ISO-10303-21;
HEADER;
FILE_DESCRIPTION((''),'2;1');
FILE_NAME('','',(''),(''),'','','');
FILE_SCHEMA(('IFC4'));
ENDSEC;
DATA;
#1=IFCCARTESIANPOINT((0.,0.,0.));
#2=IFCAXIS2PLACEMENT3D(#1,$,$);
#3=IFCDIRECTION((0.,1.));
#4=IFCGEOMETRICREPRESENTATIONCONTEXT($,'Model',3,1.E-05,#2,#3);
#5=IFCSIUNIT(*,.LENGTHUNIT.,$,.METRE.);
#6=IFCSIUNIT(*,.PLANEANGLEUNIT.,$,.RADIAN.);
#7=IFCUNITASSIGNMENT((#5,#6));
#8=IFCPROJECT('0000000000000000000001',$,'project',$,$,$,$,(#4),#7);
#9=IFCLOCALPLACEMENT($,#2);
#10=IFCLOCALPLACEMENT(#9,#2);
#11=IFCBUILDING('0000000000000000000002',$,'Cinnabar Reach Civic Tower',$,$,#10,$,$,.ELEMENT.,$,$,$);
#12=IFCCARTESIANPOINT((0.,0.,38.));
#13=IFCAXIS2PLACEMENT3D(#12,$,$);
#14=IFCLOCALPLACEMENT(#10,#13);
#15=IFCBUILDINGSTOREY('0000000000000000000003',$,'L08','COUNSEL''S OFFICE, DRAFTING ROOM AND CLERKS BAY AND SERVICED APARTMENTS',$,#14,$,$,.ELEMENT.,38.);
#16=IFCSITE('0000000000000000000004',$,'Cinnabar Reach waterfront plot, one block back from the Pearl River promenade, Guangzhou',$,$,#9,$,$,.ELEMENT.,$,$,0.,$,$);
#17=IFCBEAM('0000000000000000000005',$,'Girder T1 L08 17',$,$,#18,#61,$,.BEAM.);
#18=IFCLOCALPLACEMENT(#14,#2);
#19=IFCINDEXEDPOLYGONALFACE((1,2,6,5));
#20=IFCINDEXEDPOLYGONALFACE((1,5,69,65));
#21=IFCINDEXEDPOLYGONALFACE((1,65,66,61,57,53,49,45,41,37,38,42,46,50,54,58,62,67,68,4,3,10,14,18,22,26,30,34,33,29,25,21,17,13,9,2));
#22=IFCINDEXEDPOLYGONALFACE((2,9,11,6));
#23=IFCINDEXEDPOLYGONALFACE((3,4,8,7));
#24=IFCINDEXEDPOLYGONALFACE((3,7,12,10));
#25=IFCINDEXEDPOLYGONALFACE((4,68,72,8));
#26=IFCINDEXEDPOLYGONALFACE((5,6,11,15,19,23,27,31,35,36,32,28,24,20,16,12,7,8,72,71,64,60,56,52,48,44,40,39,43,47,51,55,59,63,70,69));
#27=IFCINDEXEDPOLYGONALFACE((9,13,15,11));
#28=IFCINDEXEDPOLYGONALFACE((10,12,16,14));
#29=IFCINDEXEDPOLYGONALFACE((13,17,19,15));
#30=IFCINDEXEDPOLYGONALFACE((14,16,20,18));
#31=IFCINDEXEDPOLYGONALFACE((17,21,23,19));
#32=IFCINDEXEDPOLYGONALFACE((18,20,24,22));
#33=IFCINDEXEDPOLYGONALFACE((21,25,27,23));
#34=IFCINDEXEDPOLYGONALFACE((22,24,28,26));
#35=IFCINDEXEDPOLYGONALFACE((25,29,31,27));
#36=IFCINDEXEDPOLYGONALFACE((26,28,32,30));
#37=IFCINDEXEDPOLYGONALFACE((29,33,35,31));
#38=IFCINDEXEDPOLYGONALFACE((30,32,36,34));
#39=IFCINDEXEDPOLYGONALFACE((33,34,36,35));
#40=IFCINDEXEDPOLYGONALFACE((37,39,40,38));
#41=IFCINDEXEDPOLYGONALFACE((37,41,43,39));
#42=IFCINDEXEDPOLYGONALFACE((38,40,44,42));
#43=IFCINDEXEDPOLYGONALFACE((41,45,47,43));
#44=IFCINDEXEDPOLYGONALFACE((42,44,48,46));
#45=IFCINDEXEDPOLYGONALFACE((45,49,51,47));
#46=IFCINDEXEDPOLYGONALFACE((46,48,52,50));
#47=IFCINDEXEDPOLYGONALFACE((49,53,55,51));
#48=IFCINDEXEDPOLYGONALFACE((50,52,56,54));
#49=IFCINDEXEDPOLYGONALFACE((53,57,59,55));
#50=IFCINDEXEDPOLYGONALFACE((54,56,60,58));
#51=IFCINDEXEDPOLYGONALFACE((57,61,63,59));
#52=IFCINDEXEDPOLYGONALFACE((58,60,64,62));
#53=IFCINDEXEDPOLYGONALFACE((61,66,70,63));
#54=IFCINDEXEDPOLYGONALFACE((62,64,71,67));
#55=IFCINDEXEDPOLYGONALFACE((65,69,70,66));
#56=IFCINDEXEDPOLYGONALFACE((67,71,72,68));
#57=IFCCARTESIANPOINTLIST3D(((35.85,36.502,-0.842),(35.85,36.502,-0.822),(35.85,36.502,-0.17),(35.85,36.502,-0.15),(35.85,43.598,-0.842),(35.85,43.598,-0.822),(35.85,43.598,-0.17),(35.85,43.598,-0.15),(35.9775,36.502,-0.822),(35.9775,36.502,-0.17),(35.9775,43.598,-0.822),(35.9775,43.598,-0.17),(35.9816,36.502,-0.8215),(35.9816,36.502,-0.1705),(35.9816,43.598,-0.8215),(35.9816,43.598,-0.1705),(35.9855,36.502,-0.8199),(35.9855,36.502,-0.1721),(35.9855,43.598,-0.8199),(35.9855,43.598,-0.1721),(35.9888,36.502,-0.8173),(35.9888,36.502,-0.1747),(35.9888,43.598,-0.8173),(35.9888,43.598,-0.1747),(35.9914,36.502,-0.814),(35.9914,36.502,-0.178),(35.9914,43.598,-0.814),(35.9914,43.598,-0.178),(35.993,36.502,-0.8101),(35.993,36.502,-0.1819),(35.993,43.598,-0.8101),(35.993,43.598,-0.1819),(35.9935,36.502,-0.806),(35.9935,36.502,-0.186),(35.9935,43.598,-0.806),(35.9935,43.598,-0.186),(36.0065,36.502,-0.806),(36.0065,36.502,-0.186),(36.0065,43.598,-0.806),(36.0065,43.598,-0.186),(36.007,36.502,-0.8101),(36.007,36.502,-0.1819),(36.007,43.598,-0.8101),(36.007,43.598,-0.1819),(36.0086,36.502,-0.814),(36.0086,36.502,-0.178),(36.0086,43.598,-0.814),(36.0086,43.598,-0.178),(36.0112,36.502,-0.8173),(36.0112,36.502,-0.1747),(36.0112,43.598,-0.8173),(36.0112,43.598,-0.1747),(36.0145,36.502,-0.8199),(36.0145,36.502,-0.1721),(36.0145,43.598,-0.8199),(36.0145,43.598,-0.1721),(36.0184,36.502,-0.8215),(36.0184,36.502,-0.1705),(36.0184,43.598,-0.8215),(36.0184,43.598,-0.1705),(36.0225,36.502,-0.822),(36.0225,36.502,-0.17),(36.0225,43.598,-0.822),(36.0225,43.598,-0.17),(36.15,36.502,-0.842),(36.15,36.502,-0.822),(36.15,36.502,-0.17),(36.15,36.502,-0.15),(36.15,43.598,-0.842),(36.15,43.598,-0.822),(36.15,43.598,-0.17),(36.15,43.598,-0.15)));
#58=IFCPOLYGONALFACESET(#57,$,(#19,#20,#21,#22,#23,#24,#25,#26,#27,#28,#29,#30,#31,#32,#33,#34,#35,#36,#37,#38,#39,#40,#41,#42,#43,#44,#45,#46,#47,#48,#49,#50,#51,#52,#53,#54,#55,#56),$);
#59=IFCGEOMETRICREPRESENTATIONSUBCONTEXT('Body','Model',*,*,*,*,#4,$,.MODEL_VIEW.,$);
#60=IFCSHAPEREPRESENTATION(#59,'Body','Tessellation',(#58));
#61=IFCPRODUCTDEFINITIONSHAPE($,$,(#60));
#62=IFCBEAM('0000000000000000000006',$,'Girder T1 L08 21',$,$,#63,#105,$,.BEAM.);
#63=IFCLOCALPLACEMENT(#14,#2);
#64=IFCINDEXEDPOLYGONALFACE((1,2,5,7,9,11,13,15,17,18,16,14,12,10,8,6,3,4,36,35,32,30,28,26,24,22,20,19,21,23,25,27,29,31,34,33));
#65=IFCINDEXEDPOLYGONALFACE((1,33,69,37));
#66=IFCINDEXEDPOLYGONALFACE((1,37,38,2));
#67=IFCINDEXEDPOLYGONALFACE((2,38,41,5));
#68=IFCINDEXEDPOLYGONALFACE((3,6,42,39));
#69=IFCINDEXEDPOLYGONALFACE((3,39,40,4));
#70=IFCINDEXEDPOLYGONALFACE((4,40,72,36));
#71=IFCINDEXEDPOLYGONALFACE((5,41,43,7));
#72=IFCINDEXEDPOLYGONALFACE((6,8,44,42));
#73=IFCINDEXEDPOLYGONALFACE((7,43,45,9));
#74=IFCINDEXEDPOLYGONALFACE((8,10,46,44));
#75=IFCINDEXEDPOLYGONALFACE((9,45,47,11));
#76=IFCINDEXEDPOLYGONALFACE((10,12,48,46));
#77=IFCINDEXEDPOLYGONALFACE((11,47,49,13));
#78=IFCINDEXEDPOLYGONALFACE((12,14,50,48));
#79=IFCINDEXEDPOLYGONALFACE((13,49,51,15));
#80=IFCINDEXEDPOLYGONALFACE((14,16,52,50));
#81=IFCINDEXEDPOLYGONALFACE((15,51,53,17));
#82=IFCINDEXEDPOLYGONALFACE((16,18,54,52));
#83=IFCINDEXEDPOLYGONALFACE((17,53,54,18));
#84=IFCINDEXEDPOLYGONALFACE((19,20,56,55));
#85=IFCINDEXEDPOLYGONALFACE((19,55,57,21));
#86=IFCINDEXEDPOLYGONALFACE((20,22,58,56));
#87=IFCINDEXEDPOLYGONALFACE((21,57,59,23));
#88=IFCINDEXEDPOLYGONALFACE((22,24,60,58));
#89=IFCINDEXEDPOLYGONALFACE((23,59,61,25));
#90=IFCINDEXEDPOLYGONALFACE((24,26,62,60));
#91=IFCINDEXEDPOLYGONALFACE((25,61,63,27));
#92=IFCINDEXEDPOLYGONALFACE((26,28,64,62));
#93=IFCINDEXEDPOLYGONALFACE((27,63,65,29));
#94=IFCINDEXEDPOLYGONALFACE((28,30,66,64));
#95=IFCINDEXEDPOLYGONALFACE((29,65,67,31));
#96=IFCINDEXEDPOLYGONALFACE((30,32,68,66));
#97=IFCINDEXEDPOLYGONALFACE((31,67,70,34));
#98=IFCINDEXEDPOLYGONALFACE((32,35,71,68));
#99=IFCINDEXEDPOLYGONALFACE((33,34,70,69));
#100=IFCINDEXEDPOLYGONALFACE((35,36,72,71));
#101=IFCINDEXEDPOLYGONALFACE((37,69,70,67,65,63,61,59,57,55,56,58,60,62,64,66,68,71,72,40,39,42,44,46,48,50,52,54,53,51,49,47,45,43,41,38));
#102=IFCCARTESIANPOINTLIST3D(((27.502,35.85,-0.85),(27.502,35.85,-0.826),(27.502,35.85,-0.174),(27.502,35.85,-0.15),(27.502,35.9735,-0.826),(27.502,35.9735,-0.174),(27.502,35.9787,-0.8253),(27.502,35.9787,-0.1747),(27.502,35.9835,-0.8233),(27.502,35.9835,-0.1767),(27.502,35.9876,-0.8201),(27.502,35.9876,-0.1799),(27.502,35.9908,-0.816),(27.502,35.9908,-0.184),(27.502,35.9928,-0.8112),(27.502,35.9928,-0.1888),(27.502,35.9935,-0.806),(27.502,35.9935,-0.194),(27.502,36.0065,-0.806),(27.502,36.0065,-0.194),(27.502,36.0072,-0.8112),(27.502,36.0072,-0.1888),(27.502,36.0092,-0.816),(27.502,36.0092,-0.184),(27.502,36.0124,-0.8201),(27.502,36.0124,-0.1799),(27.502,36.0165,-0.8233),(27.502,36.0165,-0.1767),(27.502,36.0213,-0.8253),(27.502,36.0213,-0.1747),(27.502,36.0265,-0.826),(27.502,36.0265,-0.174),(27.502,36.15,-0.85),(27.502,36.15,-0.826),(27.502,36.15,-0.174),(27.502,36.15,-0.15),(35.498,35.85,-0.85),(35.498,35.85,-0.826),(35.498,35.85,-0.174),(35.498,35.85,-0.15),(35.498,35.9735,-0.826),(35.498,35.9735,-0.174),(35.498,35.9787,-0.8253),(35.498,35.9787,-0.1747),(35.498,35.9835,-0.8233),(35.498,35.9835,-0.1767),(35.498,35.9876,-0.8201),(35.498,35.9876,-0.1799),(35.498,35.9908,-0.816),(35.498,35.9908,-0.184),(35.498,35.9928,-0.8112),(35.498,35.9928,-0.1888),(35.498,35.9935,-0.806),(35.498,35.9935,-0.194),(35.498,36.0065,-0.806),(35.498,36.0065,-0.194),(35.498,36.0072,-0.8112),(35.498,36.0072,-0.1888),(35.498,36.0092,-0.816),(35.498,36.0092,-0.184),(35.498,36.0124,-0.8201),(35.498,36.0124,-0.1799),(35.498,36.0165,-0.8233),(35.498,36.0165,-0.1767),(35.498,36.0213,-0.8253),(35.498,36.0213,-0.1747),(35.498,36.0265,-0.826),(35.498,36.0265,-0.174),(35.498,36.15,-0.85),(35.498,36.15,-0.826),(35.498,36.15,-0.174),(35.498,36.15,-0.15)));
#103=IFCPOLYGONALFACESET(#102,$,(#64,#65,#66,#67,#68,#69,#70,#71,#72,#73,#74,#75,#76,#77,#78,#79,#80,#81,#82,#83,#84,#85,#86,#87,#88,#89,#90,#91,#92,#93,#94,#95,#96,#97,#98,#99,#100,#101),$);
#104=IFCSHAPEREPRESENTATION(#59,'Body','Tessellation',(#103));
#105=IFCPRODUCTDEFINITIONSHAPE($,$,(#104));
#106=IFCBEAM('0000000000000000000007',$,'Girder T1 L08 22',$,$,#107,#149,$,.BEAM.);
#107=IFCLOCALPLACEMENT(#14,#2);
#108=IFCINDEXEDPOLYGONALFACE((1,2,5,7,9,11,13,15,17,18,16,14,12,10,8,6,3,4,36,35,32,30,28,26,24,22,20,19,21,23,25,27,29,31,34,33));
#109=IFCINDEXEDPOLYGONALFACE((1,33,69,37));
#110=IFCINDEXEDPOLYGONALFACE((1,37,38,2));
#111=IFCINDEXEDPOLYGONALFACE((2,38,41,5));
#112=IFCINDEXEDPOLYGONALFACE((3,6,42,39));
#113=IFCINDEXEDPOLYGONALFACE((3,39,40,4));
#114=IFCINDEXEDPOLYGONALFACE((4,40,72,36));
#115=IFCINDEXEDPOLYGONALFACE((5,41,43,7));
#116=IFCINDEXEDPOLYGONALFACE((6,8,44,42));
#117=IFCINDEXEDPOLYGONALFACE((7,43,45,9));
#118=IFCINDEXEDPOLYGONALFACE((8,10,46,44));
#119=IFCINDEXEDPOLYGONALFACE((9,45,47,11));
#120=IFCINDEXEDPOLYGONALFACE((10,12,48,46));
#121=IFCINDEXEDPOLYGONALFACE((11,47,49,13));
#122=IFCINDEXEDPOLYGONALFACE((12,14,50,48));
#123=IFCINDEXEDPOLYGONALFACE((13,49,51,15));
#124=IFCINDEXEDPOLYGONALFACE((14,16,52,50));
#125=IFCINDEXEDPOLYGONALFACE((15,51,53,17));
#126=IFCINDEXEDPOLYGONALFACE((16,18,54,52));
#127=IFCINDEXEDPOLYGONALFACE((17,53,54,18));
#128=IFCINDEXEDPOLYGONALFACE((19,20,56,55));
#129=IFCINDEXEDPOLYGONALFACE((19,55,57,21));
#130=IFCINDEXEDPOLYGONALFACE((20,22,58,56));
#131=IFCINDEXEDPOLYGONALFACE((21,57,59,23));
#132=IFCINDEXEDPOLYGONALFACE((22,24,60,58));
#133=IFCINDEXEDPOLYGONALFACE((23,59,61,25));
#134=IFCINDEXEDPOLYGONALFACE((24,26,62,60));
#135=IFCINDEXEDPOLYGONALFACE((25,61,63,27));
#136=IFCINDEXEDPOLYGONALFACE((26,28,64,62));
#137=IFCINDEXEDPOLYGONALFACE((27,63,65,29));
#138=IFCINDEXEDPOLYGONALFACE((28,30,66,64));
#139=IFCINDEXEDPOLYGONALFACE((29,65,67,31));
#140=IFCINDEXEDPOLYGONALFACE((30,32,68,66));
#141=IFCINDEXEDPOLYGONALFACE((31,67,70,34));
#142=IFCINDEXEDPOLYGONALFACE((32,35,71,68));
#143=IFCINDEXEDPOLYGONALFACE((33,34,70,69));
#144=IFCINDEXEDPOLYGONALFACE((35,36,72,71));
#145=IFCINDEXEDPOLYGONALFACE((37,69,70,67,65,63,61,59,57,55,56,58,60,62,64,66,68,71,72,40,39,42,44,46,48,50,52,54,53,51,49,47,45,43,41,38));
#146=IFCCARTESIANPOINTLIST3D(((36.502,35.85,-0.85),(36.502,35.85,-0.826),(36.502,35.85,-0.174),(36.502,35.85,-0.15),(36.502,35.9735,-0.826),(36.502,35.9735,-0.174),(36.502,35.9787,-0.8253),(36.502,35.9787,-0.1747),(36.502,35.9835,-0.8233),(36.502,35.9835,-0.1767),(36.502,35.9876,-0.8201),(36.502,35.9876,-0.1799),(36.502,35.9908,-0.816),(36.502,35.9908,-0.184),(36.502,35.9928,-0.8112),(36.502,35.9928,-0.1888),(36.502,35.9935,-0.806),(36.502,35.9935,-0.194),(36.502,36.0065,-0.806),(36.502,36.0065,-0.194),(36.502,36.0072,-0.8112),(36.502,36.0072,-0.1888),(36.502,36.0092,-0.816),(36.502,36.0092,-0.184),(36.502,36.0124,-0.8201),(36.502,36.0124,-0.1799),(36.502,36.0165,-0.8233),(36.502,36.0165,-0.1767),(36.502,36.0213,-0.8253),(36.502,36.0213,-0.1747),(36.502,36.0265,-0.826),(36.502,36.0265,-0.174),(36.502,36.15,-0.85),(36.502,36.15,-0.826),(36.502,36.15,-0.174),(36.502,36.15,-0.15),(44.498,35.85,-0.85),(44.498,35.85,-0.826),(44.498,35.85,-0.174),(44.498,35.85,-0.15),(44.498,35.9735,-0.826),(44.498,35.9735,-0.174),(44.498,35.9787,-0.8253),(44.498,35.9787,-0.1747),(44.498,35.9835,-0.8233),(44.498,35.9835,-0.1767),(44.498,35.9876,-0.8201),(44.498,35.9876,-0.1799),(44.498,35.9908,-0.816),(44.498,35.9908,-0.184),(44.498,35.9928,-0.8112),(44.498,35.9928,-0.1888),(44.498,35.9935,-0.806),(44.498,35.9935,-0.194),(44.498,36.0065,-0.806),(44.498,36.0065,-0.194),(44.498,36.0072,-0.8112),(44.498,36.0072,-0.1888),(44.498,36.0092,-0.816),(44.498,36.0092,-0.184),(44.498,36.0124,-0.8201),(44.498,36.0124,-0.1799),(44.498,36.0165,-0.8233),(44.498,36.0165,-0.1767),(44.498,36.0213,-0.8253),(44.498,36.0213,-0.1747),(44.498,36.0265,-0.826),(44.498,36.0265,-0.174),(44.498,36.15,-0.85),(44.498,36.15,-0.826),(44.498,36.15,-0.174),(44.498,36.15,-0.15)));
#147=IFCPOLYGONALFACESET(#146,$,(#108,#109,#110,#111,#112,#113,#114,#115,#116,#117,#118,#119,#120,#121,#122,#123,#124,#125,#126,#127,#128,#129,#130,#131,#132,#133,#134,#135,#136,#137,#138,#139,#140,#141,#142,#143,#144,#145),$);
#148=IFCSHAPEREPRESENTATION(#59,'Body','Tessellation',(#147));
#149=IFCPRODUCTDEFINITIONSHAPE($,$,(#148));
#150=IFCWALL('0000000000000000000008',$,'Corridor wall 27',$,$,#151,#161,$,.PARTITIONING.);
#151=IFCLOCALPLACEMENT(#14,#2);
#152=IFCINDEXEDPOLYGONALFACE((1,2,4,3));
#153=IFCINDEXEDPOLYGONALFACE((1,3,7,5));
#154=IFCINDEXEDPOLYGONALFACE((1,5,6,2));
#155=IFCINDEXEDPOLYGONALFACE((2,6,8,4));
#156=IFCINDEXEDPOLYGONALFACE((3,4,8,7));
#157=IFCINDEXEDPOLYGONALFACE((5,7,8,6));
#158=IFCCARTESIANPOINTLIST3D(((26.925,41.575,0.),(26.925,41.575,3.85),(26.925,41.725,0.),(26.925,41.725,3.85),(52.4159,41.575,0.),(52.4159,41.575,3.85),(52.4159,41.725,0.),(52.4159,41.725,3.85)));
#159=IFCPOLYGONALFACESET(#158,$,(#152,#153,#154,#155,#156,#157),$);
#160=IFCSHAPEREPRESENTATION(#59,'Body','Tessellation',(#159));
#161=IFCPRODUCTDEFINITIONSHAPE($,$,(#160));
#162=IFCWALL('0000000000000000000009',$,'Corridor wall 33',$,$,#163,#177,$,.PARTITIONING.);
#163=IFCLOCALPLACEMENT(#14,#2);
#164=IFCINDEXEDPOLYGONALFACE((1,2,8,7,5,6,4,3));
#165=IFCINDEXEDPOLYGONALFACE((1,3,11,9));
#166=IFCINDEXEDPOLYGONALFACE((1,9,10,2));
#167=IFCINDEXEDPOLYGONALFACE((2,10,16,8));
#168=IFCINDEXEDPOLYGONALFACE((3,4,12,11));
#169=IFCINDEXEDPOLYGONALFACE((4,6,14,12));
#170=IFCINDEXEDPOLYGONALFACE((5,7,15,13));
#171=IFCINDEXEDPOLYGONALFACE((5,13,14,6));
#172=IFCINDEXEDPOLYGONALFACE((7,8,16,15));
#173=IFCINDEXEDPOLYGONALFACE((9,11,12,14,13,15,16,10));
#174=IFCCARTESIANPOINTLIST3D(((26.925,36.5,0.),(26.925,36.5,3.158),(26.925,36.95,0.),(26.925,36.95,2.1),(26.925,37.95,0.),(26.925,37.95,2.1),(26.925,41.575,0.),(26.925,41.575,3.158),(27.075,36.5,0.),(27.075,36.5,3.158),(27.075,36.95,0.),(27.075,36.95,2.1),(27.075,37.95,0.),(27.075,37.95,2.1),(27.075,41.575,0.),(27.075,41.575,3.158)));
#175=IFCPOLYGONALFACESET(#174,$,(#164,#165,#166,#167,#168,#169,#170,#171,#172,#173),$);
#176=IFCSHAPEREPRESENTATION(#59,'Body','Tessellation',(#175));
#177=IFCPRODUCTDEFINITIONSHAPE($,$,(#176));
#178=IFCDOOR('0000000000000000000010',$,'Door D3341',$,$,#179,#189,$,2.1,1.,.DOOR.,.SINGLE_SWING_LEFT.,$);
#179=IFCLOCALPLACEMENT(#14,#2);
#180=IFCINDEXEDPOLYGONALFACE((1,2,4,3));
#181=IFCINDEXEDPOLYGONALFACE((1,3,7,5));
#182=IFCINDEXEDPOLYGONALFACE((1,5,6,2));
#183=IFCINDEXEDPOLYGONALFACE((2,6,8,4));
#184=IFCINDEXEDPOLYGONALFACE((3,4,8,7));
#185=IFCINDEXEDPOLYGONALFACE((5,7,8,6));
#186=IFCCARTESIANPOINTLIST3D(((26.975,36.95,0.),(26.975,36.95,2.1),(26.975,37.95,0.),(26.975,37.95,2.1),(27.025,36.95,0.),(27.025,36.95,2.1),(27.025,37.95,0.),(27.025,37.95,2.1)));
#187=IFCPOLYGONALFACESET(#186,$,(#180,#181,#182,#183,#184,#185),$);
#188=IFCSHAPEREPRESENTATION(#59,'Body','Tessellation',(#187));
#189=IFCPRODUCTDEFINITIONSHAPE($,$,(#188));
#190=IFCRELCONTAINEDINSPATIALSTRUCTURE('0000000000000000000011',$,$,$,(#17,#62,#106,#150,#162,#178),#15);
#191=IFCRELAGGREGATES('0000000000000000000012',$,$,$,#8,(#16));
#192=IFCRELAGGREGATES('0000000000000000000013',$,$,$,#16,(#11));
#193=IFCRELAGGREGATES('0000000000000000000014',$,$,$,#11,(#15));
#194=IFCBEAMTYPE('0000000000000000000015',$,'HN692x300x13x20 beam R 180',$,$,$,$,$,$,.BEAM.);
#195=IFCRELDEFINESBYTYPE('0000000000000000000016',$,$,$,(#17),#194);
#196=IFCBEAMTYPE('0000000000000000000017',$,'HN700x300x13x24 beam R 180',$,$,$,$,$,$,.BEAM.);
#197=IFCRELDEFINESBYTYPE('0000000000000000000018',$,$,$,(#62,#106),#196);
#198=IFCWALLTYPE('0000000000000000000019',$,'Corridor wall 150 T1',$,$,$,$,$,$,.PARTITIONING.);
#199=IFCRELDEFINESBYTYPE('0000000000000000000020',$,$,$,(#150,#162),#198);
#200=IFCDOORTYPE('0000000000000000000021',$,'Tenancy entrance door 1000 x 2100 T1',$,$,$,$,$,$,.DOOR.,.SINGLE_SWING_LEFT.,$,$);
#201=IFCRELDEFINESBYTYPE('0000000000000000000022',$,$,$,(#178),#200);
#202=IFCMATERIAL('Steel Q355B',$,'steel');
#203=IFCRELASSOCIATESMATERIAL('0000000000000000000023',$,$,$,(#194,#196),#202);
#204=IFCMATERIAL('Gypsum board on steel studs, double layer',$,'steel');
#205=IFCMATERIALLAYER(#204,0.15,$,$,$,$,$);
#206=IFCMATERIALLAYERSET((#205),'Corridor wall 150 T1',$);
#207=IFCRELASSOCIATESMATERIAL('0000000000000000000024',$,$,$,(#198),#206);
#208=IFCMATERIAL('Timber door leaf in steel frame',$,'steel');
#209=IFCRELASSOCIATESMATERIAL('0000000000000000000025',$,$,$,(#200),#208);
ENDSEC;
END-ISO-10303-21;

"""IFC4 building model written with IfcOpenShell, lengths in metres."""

from ifc_helpers import new_model, si_unit, direction, frame, frame_2d, origin, origin_2d, place, context, subcontext, project, spatial, rectangle, i_section, extrude, material, layer, layer_set, material_profile, profile_set, type_object, element, fill, save


model = new_model("IFC4")

# Units and contexts
model_context = context("Model", 3, precision=1e-05, world=origin(), true_north=direction((0.0, 1.0)))
body_context = subcontext(model_context, "Body", "Model", "MODEL_VIEW")
ifc_project = project(units=[si_unit("LENGTHUNIT", "METRE"), si_unit("PLANEANGLEUNIT", "RADIAN")], contexts=[model_context])

# Site, building, storey
site_placement = place(None, origin())
site = spatial("IfcSite", under=ifc_project, at=site_placement, Name="Cinnabar Reach waterfront plot, one block back from the Pearl River promenade, Guangzhou", CompositionType="ELEMENT", RefElevation=0.0)
building_placement = place(site_placement, origin())
building = spatial("IfcBuilding", under=site, at=building_placement, Name="Cinnabar Reach Civic Tower", CompositionType="ELEMENT")
storey_placement = place(building_placement, frame((0.0, 0.0, 38.0)))
storey = spatial("IfcBuildingStorey", under=building, at=storey_placement, Name="L08", Description="COUNSEL'S OFFICE, DRAFTING ROOM AND CLERKS BAY AND SERVICED APARTMENTS", CompositionType="ELEMENT", Elevation=38.0)

# Beams
ifc_material_1 = material(Name="Steel Q355B", Category="steel")
ifc_material_profile_1 = material_profile(ifc_material_1, i_section(OverallWidth=0.3, OverallDepth=0.692, WebThickness=0.013, FlangeThickness=0.02, FilletRadius=0.016, at=origin_2d()), Name="HN692x300x13x20")
ifc_profile_set_1 = profile_set([ifc_material_profile_1], Name="Steel Q355B")
beam_type_1 = type_object("IfcBeamType", Name="HN692x300x13x20 beam R 180", PredefinedType="BEAM", material=ifc_profile_set_1)
for number, where, z_axis, x_axis, name in (
    (1, (36.0, 36.502, -0.496), (0.0, 1.0, 0.0), (-1.0, 0.0, 0.0), "Girder T1 L08 17"),
):
    element("IfcBeam", number, at=place(storey_placement, frame(where, z_axis=z_axis, x_axis=x_axis)), inside=storey, type_object=beam_type_1, Name=name, PredefinedType="BEAM", context=body_context, shape_type="SweptSolid", body=[
        extrude(i_section(OverallWidth=0.3, OverallDepth=0.692, WebThickness=0.013, FlangeThickness=0.02, FilletRadius=0.016, at=origin_2d()), origin(), (0.0, 0.0, 1.0), 7.096),
    ])
ifc_material_profile_2 = material_profile(ifc_material_1, i_section(OverallWidth=0.3, OverallDepth=0.7, WebThickness=0.013, FlangeThickness=0.024, FilletRadius=0.02, at=origin_2d()), Name="HN700x300x13x24")
ifc_profile_set_2 = profile_set([ifc_material_profile_2], Name="Steel Q355B")
beam_type_2 = type_object("IfcBeamType", Name="HN700x300x13x24 beam R 180", PredefinedType="BEAM", material=ifc_profile_set_2)
for number, where, z_axis, x_axis, name in (
    (2, (27.502, 36.0, -0.5), (1.0, 0.0, 0.0), (0.0, 1.0, 0.0), "Girder T1 L08 21"),
    (3, (36.502, 36.0, -0.5), (1.0, 0.0, 0.0), (0.0, 1.0, 0.0), "Girder T1 L08 22"),
):
    element("IfcBeam", number, at=place(storey_placement, frame(where, z_axis=z_axis, x_axis=x_axis)), inside=storey, type_object=beam_type_2, Name=name, PredefinedType="BEAM", context=body_context, shape_type="SweptSolid", body=[
        extrude(i_section(OverallWidth=0.3, OverallDepth=0.7, WebThickness=0.013, FlangeThickness=0.024, FilletRadius=0.02, at=origin_2d()), origin(), (0.0, 0.0, 1.0), 7.996),
    ])

# Wall
ifc_material_2 = material(Name="Gypsum board on steel studs, double layer", Category="steel")
ifc_layer_1 = layer(ifc_material_2, 0.15)
ifc_layer_set_1 = layer_set([ifc_layer_1], Name="Corridor wall 150 T1")
wall_type_1 = type_object("IfcWallType", Name="Corridor wall 150 T1", PredefinedType="PARTITIONING", material=ifc_layer_set_1)
wall_1_placement = place(storey_placement, frame((26.925, 41.65, 0.0), z_axis=(0.0, 0.0, 1.0), x_axis=(1.0, 0.0, 0.0)))
element("IfcWall", 4, at=wall_1_placement, inside=storey, type_object=wall_type_1, Name="Corridor wall 27", PredefinedType="PARTITIONING", context=body_context, shape_type="SweptSolid", body=[
    extrude(rectangle(XDim=25.4909, YDim=0.15, at=frame_2d((12.7454, 0.0))), origin(), (0.0, 0.0, 1.0), 3.85),
])

# Wall, opening, door
wall_2_placement = place(storey_placement, frame((27.0, 36.5, 0.0), z_axis=(0.0, 0.0, 1.0), x_axis=(0.0, 1.0, 0.0)))
wall_2 = element("IfcWall", 5, at=wall_2_placement, inside=storey, type_object=wall_type_1, Name="Corridor wall 33", PredefinedType="PARTITIONING", context=body_context, shape_type="SweptSolid", body=[
    extrude(rectangle(XDim=5.075, YDim=0.15, at=frame_2d((2.5375, 0.0))), origin(), (0.0, 0.0, 1.0), 3.158),
])
opening_1_placement = place(wall_2_placement, frame((0.45, 0.0, 0.0)))
opening_1 = element("IfcOpeningElement", 6, at=opening_1_placement, cuts=wall_2, PredefinedType="OPENING", context=body_context, shape_type="SweptSolid", body=[
    extrude(rectangle(XDim=1.0, YDim=2.1, at=frame_2d((0.5, 1.05))), frame((0.0, 0.085, 0.0), z_axis=(0.0, -1.0, 0.0), x_axis=(1.0, 0.0, 0.0)), (0.0, 0.0, 1.0), 0.17),
])
ifc_material_3 = material(Name="Timber door leaf in steel frame", Category="steel")
door_type_1 = type_object("IfcDoorType", Name="Tenancy entrance door 1000 x 2100 T1", OperationType="SINGLE_SWING_LEFT", PredefinedType="DOOR", material=ifc_material_3)
door_1_placement = place(opening_1_placement, frame((1.0, 0.0, 0.0), z_axis=(0.0, 0.0, 1.0), x_axis=(-1.0, 0.0, 0.0)))
door_1 = element("IfcDoor", 7, at=door_1_placement, inside=storey, type_object=door_type_1, Name="Door D3341", OperationType="SINGLE_SWING_LEFT", OverallHeight=2.1, OverallWidth=1.0, PredefinedType="DOOR", context=body_context, shape_type="SweptSolid", body=[
    extrude(rectangle(XDim=1.0, YDim=2.1, at=frame_2d((0.5, 1.05))), frame((0.0, 0.025, 0.0), z_axis=(0.0, -1.0, 0.0), x_axis=(1.0, 0.0, 0.0)), (0.0, 0.0, 1.0), 0.05),
])
fill(opening_1, door_1)

save(model, "model.ifc")
